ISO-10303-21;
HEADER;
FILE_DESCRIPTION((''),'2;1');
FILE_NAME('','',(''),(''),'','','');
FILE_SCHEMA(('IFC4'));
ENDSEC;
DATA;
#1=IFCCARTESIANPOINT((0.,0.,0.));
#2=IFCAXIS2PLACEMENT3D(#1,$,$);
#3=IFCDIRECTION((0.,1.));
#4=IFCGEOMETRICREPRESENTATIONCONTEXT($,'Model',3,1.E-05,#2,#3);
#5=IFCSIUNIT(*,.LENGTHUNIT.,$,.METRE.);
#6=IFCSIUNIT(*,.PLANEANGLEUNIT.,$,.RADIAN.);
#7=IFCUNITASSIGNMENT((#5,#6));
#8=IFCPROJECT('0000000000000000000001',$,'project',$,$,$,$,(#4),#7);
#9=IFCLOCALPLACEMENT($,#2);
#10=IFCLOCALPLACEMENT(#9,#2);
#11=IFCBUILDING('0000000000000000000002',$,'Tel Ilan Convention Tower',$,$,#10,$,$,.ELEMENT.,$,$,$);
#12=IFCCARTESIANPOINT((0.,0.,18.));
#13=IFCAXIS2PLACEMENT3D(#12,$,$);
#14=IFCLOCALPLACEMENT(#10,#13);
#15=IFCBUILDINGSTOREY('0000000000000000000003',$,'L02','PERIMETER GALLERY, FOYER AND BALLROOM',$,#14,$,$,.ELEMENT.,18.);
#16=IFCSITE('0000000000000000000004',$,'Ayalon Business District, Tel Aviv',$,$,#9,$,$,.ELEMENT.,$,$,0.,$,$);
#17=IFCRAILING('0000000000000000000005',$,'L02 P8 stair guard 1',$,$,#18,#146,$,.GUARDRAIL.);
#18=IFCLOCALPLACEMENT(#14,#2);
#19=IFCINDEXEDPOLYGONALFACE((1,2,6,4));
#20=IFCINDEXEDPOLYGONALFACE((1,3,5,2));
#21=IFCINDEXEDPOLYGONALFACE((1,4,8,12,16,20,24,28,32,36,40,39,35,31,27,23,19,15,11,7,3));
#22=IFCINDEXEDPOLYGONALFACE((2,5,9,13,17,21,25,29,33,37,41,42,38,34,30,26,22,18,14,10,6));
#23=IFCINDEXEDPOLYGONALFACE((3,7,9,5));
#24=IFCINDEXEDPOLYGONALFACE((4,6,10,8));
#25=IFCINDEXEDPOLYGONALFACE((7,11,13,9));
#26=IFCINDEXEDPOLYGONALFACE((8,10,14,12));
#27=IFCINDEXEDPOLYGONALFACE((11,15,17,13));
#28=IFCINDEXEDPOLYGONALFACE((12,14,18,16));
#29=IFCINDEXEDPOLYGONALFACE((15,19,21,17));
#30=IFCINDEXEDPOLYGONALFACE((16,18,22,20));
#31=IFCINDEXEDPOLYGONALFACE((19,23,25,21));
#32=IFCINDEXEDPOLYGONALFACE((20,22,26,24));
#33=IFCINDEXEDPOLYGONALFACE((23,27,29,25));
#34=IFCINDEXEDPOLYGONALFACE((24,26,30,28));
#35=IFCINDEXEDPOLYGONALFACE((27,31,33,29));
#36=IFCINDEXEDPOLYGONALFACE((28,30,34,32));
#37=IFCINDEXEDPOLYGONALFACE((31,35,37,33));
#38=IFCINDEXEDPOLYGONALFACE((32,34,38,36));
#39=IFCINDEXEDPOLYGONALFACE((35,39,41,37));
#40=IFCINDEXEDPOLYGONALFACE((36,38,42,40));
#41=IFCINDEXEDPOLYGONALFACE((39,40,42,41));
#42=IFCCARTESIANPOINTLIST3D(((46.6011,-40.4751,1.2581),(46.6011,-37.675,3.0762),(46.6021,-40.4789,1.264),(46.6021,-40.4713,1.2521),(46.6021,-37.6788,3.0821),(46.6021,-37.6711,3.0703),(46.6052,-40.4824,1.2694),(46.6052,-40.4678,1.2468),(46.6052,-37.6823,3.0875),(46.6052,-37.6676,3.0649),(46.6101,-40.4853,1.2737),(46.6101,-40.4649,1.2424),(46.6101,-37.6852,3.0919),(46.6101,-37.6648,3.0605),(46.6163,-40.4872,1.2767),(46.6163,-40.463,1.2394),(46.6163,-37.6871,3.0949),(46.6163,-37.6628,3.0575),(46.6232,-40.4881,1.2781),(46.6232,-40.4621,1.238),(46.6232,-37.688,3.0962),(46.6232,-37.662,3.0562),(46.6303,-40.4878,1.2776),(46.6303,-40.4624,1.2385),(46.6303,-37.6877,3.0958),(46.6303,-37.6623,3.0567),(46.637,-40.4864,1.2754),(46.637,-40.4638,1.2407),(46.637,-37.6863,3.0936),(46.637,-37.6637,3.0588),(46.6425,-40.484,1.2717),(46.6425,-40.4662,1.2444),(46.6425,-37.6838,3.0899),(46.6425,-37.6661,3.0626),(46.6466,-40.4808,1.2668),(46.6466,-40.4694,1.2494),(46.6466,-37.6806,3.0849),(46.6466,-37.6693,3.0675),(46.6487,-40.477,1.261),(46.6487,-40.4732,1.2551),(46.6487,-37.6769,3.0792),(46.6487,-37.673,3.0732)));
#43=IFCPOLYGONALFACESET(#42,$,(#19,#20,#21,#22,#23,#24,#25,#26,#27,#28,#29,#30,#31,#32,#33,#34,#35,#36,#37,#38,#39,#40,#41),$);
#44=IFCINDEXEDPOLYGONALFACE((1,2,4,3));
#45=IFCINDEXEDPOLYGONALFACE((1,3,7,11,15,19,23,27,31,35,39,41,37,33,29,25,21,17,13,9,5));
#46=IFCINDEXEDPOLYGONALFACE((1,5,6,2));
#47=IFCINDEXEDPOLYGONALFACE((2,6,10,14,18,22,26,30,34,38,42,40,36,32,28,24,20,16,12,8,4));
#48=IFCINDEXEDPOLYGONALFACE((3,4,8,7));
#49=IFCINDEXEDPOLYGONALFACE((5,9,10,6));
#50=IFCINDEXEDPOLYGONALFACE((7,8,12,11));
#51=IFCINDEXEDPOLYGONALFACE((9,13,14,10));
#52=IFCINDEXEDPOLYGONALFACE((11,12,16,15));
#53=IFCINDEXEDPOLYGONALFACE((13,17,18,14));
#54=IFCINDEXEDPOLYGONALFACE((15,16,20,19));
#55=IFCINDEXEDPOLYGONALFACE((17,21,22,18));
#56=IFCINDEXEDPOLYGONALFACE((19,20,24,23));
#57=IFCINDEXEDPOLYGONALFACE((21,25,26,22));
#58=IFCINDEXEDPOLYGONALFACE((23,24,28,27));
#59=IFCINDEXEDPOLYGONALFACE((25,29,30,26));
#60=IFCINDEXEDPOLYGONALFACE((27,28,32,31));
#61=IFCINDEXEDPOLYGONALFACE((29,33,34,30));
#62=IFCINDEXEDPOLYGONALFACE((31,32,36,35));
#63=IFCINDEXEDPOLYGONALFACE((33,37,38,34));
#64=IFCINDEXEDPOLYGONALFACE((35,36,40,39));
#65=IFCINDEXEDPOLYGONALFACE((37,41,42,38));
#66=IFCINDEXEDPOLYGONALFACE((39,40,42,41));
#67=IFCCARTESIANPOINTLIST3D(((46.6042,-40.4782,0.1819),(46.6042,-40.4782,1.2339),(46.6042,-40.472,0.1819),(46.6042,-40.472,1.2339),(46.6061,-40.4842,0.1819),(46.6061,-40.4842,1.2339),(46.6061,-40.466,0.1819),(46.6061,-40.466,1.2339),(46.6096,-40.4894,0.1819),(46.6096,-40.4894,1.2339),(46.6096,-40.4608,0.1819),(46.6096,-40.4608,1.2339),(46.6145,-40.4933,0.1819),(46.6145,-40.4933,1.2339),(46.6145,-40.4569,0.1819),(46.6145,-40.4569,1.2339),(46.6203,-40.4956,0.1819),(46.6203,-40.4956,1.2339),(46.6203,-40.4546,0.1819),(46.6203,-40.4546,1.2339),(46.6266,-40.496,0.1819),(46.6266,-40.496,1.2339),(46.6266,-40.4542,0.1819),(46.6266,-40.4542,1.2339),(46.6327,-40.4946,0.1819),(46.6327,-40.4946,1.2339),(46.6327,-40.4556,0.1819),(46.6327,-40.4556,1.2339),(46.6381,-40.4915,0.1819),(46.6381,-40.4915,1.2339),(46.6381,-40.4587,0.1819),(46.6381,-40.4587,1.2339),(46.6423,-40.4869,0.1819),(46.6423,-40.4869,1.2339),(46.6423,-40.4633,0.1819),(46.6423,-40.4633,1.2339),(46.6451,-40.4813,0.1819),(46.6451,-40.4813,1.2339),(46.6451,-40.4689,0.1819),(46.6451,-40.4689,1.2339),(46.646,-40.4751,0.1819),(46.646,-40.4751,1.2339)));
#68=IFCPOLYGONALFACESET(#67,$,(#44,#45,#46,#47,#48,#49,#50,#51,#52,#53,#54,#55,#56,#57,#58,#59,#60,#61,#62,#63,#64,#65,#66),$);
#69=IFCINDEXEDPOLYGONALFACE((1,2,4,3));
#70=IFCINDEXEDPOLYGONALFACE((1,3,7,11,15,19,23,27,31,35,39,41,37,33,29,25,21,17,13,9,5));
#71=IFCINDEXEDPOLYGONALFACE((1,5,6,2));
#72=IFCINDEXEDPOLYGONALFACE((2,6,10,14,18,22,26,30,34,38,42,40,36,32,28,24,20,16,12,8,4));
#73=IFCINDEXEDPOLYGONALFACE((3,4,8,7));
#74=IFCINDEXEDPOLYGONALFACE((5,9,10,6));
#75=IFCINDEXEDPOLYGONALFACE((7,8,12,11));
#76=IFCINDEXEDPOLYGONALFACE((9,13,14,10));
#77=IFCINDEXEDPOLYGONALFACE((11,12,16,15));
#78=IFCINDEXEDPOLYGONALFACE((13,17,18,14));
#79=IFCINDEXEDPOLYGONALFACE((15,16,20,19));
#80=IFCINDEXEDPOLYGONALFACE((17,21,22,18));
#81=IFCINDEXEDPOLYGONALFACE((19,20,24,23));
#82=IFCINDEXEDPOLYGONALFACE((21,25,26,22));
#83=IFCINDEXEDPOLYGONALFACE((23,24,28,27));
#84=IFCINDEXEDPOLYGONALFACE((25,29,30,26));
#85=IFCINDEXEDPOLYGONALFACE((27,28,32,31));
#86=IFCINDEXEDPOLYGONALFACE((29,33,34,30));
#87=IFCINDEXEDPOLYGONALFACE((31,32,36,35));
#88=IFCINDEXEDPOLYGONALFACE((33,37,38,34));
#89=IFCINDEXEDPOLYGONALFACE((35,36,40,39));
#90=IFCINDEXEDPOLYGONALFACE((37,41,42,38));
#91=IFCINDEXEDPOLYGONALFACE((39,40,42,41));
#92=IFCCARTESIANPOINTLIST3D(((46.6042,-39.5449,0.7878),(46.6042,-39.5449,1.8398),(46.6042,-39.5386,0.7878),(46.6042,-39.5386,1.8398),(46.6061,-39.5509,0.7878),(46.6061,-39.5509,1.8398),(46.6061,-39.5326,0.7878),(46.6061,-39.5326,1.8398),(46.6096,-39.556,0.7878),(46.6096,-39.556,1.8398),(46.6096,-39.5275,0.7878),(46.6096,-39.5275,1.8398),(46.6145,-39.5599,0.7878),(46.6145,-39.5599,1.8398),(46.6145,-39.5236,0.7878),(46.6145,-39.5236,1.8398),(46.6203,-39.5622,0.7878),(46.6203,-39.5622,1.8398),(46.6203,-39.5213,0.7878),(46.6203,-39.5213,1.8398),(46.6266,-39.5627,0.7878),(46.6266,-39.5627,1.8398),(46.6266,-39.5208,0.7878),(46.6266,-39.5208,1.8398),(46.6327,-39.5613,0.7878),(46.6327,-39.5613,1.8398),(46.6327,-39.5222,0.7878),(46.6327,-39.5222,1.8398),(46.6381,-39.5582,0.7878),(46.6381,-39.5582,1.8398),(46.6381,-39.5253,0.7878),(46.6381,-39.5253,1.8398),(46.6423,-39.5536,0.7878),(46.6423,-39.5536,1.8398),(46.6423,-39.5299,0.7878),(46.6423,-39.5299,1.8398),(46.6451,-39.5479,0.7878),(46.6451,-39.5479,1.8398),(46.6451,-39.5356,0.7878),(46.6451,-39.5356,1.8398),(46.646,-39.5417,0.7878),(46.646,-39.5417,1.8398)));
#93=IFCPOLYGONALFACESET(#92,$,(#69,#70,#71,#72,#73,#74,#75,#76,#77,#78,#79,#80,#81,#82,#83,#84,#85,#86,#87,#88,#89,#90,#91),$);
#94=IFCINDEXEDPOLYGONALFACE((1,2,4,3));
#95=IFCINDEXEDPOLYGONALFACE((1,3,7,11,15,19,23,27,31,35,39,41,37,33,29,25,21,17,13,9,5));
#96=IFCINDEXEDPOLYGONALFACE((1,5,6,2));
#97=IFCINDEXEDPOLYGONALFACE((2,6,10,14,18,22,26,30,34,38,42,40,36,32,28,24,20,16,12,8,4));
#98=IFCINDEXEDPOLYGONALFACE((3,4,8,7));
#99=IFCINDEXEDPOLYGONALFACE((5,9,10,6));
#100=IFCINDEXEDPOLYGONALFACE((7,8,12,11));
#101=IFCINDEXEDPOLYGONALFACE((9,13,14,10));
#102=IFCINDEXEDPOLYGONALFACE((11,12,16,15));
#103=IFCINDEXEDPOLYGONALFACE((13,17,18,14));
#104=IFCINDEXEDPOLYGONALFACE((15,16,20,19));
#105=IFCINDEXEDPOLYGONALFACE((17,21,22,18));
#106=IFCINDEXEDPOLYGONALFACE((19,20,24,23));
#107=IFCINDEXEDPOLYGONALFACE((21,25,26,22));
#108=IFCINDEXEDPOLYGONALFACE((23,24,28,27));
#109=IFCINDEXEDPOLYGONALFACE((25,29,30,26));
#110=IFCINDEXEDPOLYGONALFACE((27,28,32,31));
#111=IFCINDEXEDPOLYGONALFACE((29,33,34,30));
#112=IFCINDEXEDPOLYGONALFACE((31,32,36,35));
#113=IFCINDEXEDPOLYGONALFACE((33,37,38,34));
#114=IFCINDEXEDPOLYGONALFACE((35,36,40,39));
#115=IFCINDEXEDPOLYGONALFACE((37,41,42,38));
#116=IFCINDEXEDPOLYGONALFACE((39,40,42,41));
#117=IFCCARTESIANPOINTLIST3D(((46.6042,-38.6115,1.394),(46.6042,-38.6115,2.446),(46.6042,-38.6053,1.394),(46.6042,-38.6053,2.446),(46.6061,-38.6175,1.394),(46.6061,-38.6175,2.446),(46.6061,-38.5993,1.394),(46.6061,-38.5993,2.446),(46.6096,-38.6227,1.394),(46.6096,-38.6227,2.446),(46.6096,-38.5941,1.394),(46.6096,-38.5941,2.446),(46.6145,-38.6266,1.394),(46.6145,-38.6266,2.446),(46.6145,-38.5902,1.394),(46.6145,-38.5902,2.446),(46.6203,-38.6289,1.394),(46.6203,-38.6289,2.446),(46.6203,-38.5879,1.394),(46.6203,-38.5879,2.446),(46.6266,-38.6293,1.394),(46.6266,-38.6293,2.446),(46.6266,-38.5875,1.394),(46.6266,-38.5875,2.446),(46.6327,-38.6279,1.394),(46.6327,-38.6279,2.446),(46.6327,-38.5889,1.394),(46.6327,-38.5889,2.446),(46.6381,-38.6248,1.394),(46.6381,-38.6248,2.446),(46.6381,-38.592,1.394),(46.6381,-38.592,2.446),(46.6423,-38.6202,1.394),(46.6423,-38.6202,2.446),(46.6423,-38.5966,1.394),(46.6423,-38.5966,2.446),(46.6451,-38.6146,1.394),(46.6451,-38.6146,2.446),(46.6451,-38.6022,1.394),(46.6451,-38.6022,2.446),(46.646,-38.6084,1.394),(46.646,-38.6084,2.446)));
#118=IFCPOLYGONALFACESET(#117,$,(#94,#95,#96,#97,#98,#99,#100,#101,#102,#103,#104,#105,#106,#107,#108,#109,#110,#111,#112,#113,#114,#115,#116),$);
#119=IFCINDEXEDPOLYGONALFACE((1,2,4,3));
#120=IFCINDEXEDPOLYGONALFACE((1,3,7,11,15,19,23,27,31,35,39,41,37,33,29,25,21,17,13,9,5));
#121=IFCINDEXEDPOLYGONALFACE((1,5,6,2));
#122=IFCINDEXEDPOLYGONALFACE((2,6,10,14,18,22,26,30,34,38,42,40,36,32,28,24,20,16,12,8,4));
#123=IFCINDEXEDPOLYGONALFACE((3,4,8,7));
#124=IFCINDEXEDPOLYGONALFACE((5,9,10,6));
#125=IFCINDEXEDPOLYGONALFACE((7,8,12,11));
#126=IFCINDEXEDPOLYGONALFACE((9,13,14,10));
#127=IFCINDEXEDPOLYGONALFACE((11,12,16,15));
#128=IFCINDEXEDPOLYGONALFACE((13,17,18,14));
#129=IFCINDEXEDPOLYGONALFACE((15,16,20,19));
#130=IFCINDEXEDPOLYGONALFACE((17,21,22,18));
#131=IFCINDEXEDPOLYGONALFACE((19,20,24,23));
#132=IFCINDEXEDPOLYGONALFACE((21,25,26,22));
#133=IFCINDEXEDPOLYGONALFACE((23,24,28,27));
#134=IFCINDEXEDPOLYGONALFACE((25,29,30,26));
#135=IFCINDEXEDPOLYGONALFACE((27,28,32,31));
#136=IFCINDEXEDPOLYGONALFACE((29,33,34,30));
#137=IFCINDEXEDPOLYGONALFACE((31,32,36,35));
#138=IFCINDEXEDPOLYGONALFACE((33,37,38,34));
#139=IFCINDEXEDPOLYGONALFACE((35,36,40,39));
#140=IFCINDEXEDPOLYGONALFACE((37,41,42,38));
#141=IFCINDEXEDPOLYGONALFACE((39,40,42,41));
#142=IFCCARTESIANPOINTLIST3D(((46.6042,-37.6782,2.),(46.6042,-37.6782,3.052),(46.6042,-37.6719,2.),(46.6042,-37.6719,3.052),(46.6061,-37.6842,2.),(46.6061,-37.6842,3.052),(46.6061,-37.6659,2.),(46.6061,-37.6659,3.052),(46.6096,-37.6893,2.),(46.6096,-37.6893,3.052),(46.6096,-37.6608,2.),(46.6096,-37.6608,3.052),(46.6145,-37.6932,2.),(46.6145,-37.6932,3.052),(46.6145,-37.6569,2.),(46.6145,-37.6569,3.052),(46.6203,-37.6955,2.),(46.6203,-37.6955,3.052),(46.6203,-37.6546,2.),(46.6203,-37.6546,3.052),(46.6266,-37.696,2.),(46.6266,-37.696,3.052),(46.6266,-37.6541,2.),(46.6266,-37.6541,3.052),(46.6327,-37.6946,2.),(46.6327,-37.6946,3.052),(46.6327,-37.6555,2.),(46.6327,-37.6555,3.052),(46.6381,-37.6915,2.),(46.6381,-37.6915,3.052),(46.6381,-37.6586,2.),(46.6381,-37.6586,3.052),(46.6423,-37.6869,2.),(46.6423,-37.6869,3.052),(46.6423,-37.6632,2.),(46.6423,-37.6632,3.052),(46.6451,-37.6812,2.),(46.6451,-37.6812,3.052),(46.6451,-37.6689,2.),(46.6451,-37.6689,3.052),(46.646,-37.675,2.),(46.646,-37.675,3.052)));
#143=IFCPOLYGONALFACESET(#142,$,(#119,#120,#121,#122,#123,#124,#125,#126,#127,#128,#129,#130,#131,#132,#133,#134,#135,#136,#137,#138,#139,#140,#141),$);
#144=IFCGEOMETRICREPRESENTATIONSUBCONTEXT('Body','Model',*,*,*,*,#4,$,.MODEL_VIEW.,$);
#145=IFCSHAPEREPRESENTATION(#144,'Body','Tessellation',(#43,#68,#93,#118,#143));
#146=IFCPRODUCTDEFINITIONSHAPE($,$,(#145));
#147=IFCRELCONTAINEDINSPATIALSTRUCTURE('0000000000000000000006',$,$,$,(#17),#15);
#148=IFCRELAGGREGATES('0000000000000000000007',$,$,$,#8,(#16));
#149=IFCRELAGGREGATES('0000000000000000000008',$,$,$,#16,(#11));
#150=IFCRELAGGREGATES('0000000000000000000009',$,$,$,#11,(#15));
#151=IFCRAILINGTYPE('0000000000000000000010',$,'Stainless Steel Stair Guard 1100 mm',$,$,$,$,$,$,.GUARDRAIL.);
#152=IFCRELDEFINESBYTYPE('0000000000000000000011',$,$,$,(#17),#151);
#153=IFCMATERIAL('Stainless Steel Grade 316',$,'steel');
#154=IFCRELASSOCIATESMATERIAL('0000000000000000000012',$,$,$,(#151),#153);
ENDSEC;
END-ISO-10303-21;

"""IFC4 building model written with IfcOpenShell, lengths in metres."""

from ifc_helpers import new_model, si_unit, direction, frame, origin, origin_2d, place, context, subcontext, project, spatial, circle, extrude, material, type_object, element, save


model = new_model("IFC4")

# Units and contexts
model_context = context("Model", 3, precision=1e-05, world=origin(), true_north=direction((0.0, 1.0)))
body_context = subcontext(model_context, "Body", "Model", "MODEL_VIEW")
ifc_project = project(units=[si_unit("LENGTHUNIT", "METRE"), si_unit("PLANEANGLEUNIT", "RADIAN")], contexts=[model_context])

# Site, building, storey
site_placement = place(None, origin())
site = spatial("IfcSite", under=ifc_project, at=site_placement, Name="Ayalon Business District, Tel Aviv", CompositionType="ELEMENT", RefElevation=0.0)
building_placement = place(site_placement, origin())
building = spatial("IfcBuilding", under=site, at=building_placement, Name="Tel Ilan Convention Tower", CompositionType="ELEMENT")
storey_placement = place(building_placement, frame((0.0, 0.0, 18.0)))
storey = spatial("IfcBuildingStorey", under=building, at=storey_placement, Name="L02", Description="PERIMETER GALLERY, FOYER AND BALLROOM", CompositionType="ELEMENT", Elevation=18.0)

# Railing
ifc_material_1 = material(Name="Stainless Steel Grade 316", Category="steel")
railing_type_1 = type_object("IfcRailingType", Name="Stainless Steel Stair Guard 1100 mm", PredefinedType="GUARDRAIL", material=ifc_material_1)
railing_1_placement = place(storey_placement, frame((46.625, -40.4751, 0.1819)))
element("IfcRailing", 1, at=railing_1_placement, inside=storey, type_object=railing_type_1, Name="L02 P8 stair guard 1", PredefinedType="GUARDRAIL", context=body_context, shape_type="SweptSolid", body=[
    extrude(circle(Radius=0.0239, at=origin_2d()), frame((0.0, 0.0, 1.0762), z_axis=(0.0, 0.838706, 0.544585), x_axis=(-1.0, 0.0, 0.0)), (0.0, 0.0, 1.0), 3.3386),
    extrude(circle(Radius=0.021, at=origin_2d()), origin(), (0.0, 0.0, 1.0), 1.052),
    extrude(circle(Radius=0.021, at=origin_2d()), frame((0.0, 0.9333, 0.606)), (0.0, 0.0, 1.0), 1.052),
    extrude(circle(Radius=0.021, at=origin_2d()), frame((0.0, 1.8667, 1.2122)), (0.0, 0.0, 1.0), 1.052),
    extrude(circle(Radius=0.021, at=origin_2d()), frame((0.0, 2.8, 1.8181)), (0.0, 0.0, 1.0), 1.052),
])

save(model, "model.ifc")
